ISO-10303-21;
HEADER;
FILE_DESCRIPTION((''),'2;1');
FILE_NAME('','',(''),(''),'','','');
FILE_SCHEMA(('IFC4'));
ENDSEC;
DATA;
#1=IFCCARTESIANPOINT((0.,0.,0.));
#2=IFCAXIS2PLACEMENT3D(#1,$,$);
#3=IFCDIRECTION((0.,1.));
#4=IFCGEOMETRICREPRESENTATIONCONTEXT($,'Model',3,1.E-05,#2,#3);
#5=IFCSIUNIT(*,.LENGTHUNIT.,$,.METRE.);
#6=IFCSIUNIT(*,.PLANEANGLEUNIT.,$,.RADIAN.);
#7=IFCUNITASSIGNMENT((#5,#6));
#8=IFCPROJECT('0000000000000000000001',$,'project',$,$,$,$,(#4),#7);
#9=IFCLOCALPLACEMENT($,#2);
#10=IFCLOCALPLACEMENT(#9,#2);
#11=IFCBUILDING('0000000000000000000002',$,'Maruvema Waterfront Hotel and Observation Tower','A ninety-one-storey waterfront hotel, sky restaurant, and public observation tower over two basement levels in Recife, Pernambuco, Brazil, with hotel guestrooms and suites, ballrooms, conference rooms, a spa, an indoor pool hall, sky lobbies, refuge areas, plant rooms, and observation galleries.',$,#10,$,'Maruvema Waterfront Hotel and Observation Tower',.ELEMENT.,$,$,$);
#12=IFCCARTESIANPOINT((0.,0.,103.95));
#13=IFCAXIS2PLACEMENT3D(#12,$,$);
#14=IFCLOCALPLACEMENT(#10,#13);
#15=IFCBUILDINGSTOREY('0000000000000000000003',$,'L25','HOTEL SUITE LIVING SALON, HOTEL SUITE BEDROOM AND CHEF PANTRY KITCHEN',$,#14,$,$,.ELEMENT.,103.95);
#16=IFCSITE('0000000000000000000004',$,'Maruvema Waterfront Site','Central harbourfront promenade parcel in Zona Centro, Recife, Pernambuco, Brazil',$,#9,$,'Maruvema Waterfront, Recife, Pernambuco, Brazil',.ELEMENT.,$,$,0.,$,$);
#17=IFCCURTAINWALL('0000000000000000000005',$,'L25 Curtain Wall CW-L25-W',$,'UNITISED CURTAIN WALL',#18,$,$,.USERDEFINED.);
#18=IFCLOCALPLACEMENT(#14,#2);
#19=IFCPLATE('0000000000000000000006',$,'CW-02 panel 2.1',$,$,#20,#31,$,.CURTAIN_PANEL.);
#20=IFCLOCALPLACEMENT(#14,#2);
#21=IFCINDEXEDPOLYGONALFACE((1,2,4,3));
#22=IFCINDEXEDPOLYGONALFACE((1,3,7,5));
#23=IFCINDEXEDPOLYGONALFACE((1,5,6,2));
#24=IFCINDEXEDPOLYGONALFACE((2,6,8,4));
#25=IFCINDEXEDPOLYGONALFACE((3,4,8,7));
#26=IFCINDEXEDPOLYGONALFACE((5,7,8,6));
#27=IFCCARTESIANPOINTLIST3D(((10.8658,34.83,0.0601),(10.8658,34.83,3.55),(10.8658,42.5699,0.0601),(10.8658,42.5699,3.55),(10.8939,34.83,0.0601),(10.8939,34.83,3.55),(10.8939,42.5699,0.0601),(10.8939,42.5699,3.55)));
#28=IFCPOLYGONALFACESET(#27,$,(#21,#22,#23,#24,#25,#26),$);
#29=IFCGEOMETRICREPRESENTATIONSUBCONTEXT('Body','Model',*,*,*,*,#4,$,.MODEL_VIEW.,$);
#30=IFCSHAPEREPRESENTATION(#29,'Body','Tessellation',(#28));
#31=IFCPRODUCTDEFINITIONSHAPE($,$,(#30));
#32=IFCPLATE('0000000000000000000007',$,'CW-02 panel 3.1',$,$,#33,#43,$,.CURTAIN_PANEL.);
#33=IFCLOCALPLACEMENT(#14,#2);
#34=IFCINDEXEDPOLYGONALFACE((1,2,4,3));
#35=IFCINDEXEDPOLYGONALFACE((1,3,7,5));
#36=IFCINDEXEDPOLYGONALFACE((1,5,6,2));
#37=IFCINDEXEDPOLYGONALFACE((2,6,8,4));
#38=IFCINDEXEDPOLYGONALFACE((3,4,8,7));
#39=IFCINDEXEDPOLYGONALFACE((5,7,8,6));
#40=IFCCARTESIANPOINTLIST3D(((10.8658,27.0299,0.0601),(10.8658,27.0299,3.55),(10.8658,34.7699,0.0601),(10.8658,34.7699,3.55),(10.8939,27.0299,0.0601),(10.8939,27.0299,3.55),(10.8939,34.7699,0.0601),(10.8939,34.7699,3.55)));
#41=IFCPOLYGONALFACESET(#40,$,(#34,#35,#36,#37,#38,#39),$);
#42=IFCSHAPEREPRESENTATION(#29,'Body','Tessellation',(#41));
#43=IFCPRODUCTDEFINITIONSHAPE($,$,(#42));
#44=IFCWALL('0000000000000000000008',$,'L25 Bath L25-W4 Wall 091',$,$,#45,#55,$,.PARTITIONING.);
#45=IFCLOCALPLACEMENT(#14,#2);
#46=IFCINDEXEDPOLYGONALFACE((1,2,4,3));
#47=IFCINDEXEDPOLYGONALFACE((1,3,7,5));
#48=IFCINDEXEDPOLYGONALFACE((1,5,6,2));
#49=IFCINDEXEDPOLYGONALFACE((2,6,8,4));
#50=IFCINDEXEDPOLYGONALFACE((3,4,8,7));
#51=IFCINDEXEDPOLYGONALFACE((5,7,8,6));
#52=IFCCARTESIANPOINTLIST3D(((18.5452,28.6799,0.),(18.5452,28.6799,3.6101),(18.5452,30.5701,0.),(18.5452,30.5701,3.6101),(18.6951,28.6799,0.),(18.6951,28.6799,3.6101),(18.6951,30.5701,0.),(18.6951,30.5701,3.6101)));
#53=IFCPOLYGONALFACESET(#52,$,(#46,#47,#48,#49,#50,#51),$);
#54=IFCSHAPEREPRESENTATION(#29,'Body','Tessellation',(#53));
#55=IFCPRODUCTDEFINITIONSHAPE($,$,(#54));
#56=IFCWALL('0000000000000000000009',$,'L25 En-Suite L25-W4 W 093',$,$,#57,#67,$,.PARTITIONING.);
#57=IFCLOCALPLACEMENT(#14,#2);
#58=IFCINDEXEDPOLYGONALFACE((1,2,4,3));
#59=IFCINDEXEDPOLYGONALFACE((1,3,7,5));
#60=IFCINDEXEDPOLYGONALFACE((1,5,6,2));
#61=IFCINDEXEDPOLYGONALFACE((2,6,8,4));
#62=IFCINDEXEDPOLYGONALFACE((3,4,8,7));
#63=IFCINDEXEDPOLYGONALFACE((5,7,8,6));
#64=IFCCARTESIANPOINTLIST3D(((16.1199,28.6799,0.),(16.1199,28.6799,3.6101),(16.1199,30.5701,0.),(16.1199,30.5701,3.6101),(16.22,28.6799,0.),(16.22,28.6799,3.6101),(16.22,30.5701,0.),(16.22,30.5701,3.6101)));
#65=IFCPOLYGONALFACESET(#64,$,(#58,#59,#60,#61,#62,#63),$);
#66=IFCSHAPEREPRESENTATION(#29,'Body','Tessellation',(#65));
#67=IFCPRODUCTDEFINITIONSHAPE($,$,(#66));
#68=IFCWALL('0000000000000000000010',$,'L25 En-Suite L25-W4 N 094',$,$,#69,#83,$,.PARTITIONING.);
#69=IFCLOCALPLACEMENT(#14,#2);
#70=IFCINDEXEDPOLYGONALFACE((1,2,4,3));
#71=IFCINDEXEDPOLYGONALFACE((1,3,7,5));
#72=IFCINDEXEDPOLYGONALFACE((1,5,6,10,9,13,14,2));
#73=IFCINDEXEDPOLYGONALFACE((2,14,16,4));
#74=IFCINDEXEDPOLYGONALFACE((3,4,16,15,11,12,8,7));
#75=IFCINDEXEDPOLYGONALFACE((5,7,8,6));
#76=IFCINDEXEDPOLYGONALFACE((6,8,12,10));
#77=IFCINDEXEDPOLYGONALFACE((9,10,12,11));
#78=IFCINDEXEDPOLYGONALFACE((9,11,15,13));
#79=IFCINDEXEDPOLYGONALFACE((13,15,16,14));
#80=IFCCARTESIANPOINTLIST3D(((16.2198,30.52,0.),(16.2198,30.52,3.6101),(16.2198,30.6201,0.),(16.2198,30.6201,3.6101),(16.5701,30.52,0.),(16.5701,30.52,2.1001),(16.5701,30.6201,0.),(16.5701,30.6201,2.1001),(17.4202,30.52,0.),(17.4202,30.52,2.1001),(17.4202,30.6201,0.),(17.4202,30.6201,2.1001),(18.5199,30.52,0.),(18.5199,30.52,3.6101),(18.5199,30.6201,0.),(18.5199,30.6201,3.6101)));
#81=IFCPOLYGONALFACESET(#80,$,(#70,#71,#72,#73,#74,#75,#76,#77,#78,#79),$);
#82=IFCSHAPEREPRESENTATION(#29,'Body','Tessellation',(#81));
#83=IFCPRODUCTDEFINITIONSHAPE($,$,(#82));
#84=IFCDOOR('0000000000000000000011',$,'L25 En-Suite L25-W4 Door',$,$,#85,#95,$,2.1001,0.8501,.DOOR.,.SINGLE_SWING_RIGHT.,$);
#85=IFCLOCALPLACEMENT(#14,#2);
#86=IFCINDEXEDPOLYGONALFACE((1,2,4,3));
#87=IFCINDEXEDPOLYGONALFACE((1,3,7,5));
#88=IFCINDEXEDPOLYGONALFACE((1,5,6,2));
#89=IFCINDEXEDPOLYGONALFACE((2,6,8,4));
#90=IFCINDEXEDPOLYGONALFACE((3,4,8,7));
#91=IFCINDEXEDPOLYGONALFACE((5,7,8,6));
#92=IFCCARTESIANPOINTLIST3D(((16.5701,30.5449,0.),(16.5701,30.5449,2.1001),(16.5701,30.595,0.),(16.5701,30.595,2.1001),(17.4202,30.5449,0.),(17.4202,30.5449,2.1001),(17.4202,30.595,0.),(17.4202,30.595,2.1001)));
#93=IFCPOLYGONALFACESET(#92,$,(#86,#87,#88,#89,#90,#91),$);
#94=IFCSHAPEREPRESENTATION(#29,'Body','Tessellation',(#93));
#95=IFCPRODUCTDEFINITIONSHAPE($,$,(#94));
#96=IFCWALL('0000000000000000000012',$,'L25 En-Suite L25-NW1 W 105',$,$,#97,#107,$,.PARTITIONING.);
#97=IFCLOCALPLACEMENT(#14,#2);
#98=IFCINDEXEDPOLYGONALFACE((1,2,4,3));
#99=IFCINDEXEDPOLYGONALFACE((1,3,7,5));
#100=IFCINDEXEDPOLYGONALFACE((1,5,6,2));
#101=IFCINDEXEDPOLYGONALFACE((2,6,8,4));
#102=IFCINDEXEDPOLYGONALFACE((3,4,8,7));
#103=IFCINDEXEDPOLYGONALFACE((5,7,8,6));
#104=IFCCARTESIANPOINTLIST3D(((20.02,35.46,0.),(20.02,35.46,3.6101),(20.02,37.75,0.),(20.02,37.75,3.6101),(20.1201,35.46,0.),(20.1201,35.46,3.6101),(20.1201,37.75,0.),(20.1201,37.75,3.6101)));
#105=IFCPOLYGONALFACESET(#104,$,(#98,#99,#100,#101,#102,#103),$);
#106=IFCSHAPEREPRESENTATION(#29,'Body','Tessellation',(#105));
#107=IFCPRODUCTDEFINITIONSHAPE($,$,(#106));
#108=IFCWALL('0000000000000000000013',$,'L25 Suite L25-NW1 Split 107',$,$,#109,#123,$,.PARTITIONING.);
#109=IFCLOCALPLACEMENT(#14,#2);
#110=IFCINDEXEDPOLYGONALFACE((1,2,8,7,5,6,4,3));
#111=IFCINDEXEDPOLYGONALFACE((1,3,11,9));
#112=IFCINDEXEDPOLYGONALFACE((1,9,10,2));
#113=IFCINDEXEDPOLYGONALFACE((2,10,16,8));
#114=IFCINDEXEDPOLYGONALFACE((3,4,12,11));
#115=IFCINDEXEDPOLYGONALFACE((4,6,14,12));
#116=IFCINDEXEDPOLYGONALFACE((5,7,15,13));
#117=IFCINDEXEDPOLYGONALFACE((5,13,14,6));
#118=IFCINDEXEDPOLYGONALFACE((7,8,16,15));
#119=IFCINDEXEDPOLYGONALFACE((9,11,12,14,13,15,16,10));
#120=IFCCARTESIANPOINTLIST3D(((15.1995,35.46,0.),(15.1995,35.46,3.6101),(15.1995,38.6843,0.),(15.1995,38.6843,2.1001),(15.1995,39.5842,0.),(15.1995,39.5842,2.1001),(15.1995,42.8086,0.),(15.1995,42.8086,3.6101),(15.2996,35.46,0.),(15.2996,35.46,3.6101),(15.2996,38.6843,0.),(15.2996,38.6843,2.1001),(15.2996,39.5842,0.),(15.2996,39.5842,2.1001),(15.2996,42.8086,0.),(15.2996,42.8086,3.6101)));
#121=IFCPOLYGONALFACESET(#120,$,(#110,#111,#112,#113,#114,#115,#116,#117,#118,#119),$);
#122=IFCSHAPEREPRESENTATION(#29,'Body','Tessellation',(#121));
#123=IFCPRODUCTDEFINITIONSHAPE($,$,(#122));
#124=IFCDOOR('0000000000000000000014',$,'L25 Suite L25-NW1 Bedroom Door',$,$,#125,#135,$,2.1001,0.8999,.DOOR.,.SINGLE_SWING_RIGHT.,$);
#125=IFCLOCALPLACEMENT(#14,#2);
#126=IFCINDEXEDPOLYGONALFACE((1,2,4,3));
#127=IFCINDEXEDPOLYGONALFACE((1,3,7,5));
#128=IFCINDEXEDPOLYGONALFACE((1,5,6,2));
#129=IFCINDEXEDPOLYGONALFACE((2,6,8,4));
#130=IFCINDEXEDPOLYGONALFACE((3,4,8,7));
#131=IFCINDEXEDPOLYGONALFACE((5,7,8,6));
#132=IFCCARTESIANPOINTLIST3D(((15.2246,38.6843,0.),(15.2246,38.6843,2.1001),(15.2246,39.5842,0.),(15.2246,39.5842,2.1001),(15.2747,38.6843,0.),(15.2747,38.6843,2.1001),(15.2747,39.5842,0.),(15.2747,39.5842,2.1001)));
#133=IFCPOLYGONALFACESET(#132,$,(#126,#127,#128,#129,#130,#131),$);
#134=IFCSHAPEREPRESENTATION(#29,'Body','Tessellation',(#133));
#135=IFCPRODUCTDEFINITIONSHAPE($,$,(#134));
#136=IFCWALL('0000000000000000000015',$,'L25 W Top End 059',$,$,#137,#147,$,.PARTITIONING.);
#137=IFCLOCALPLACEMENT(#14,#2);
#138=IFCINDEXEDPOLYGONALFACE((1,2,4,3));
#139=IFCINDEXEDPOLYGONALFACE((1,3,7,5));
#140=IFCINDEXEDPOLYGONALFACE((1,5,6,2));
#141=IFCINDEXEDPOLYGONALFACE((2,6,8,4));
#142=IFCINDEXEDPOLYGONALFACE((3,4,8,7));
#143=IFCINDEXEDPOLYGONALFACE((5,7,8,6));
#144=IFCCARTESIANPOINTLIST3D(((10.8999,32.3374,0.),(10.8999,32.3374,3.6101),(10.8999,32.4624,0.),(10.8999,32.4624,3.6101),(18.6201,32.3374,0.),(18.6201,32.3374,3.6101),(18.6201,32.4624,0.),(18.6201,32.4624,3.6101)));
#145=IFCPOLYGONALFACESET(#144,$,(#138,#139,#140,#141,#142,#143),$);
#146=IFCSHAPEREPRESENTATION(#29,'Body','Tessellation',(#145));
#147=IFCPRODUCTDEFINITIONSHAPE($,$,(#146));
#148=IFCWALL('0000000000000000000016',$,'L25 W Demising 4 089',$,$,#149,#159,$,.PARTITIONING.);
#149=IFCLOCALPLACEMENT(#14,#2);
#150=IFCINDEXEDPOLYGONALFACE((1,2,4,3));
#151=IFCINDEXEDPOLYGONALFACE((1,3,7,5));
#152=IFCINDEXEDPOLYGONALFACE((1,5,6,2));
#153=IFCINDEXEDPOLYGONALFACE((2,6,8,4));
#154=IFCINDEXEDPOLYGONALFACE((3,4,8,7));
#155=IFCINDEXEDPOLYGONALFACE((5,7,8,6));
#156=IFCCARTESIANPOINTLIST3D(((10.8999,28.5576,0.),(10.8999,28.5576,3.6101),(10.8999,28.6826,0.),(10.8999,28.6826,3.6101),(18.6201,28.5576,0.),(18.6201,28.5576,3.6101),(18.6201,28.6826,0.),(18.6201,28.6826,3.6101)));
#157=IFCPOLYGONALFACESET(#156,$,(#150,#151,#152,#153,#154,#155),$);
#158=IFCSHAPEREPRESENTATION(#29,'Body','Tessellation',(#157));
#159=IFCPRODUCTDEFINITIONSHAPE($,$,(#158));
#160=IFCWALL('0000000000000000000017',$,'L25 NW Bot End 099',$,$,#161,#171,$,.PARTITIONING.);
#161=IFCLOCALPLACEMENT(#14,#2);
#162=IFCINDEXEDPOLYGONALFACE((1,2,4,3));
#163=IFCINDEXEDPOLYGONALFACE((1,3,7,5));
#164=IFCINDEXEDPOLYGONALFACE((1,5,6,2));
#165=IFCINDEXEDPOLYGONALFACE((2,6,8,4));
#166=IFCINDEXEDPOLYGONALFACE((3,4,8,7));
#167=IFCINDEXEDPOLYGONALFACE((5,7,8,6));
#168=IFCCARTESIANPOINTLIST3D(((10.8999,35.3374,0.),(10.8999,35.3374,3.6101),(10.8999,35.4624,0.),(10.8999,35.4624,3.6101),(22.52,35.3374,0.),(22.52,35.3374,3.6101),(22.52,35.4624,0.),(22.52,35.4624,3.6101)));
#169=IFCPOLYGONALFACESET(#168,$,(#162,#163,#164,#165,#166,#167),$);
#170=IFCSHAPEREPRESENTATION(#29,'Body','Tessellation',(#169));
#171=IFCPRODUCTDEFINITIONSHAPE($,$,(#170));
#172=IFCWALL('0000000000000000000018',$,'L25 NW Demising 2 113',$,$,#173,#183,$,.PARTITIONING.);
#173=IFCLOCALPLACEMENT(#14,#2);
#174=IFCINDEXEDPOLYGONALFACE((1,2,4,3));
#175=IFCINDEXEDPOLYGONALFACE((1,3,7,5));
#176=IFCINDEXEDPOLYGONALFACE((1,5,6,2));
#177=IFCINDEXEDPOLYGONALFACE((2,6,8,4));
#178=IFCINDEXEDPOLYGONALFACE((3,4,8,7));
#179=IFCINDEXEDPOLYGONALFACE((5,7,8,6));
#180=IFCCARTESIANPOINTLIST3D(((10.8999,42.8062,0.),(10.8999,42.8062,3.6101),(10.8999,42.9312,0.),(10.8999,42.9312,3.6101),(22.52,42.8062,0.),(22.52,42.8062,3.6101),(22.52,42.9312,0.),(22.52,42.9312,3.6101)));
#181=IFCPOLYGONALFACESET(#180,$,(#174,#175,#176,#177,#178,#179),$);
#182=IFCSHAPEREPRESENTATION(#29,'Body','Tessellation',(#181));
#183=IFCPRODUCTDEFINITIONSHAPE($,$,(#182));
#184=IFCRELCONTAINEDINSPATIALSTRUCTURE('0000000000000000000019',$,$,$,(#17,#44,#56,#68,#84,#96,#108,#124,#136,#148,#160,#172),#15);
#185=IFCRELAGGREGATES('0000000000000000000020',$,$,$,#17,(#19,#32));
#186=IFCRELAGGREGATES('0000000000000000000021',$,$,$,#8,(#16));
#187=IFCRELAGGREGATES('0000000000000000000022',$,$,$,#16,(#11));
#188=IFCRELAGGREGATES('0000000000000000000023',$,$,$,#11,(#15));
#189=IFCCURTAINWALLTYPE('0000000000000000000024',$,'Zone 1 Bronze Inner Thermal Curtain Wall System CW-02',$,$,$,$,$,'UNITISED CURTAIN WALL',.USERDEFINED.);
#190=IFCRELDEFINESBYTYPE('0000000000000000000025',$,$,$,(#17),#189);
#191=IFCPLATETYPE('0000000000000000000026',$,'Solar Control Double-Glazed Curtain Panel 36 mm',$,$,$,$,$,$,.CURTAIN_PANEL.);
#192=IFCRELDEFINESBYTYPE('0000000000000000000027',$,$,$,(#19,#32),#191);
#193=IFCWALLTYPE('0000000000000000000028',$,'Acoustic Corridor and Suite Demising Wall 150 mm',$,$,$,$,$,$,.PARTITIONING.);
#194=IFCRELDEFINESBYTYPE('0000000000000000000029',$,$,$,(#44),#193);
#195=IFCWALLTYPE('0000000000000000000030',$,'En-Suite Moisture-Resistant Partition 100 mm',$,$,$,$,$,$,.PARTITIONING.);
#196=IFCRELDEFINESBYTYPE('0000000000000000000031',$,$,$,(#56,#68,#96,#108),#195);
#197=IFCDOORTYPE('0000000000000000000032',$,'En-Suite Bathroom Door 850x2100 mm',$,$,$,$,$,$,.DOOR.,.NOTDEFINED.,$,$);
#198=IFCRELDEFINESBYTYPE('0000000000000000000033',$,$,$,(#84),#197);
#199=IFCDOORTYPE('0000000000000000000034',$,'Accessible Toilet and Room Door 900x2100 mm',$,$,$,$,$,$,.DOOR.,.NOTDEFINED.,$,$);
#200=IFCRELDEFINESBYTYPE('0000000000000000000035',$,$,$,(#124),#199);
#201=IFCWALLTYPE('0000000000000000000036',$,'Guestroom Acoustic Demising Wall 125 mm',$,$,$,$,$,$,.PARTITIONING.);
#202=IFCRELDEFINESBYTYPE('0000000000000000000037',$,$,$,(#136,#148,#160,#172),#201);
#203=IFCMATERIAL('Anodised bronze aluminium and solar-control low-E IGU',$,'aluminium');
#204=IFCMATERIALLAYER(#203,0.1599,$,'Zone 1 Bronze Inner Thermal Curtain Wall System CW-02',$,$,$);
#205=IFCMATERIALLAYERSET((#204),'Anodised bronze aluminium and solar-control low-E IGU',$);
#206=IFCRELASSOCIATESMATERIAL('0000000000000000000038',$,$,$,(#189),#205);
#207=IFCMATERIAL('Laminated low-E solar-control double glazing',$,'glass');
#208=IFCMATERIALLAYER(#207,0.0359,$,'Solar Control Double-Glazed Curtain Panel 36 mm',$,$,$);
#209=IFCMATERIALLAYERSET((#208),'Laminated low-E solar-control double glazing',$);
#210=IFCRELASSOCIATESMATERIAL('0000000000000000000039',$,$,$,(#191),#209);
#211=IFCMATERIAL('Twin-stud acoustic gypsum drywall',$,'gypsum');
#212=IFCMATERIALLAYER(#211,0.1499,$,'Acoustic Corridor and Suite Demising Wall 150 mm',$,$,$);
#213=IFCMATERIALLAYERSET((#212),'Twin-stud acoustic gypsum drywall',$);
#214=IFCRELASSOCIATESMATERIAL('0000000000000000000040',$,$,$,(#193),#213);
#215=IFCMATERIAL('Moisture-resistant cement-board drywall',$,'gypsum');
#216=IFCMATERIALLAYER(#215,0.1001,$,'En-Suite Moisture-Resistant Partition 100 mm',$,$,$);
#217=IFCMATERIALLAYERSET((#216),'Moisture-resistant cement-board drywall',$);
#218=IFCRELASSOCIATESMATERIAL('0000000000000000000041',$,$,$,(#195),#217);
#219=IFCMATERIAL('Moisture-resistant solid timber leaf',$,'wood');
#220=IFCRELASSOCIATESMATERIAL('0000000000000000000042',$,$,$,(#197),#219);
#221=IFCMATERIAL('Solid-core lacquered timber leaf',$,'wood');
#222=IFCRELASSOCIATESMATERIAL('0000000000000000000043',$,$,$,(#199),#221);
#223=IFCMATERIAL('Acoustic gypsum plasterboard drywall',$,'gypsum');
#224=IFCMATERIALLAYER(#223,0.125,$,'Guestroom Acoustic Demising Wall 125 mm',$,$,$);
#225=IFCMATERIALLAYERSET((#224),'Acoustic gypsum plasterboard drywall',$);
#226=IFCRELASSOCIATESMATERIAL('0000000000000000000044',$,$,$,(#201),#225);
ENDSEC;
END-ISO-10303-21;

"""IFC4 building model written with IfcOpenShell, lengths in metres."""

from ifc_helpers import new_model, si_unit, direction, frame, frame_2d, origin, origin_2d, place, context, subcontext, project, spatial, rectangle, extrude, material, layer, layer_set, type_object, element, fill, aggregate, save


model = new_model("IFC4")

# Units and contexts
model_context = context("Model", 3, precision=1e-05, world=origin(), true_north=direction((0.0, 1.0)))
body_context = subcontext(model_context, "Body", "Model", "MODEL_VIEW")
ifc_project = project(units=[si_unit("LENGTHUNIT", "METRE"), si_unit("PLANEANGLEUNIT", "RADIAN")], contexts=[model_context])

# Site, building, storey
site_placement = place(None, origin())
site = spatial("IfcSite", under=ifc_project, at=site_placement, Name="Maruvema Waterfront Site", Description="Central harbourfront promenade parcel in Zona Centro, Recife, Pernambuco, Brazil", LongName="Maruvema Waterfront, Recife, Pernambuco, Brazil", CompositionType="ELEMENT", RefElevation=0.0)
building_placement = place(site_placement, origin())
building = spatial("IfcBuilding", under=site, at=building_placement, Name="Maruvema Waterfront Hotel and Observation Tower", Description="A ninety-one-storey waterfront hotel, sky restaurant, and public observation tower over two basement levels in Recife, Pernambuco, Brazil, with hotel guestrooms and suites, ballrooms, conference rooms, a spa, an indoor pool hall, sky lobbies, refuge areas, plant rooms, and observation galleries.", LongName="Maruvema Waterfront Hotel and Observation Tower", CompositionType="ELEMENT")
storey_placement = place(building_placement, frame((0.0, 0.0, 103.95)))
storey = spatial("IfcBuildingStorey", under=building, at=storey_placement, Name="L25", Description="HOTEL SUITE LIVING SALON, HOTEL SUITE BEDROOM AND CHEF PANTRY KITCHEN", CompositionType="ELEMENT", Elevation=103.95)

# Curtain wall
ifc_material_1 = material(Name="Anodised bronze aluminium and solar-control low-E IGU", Category="aluminium")
ifc_layer_1 = layer(ifc_material_1, 0.1599, Name="Zone 1 Bronze Inner Thermal Curtain Wall System CW-02")
ifc_layer_set_1 = layer_set([ifc_layer_1], Name="Anodised bronze aluminium and solar-control low-E IGU")
curtain_wall_type = type_object("IfcCurtainWallType", Name="Zone 1 Bronze Inner Thermal Curtain Wall System CW-02", ElementType="UNITISED CURTAIN WALL", PredefinedType="USERDEFINED", material=ifc_layer_set_1)
curtain_wall_placement = place(storey_placement, origin())
curtain_wall = element("IfcCurtainWall", 1, at=curtain_wall_placement, inside=storey, type_object=curtain_wall_type, Name="L25 Curtain Wall CW-L25-W", ObjectType="UNITISED CURTAIN WALL", PredefinedType="USERDEFINED")

# Plates
ifc_material_2 = material(Name="Laminated low-E solar-control double glazing", Category="glass")
ifc_layer_2 = layer(ifc_material_2, 0.0359, Name="Solar Control Double-Glazed Curtain Panel 36 mm")
ifc_layer_set_2 = layer_set([ifc_layer_2], Name="Laminated low-E solar-control double glazing")
plate_type = type_object("IfcPlateType", Name="Solar Control Double-Glazed Curtain Panel 36 mm", PredefinedType="CURTAIN_PANEL", material=ifc_layer_set_2)
plate_1_placement = place(storey_placement, frame((10.8799, 38.7, 0.0601), z_axis=(0.0, 0.0, 1.0), x_axis=(0.0, -1.0, 0.0)))
plate_1 = element("IfcPlate", 2, at=plate_1_placement, type_object=plate_type, Name="CW-02 panel 2.1", PredefinedType="CURTAIN_PANEL", context=body_context, shape_type="SweptSolid", body=[
    extrude(rectangle(XDim=7.74, YDim=0.0281, at=origin_2d()), origin(), (0.0, 0.0, 1.0), 3.49),
])
plate_2_placement = place(storey_placement, frame((10.8799, 30.8999, 0.0601), z_axis=(0.0, 0.0, 1.0), x_axis=(0.0, -1.0, 0.0)))
plate_2 = element("IfcPlate", 3, at=plate_2_placement, type_object=plate_type, Name="CW-02 panel 3.1", PredefinedType="CURTAIN_PANEL", context=body_context, shape_type="SweptSolid", body=[
    extrude(rectangle(XDim=7.74, YDim=0.0281, at=origin_2d()), origin(), (0.0, 0.0, 1.0), 3.49),
])
aggregate(curtain_wall, [plate_1, plate_2])

# Wall
ifc_material_3 = material(Name="Twin-stud acoustic gypsum drywall", Category="gypsum")
ifc_layer_3 = layer(ifc_material_3, 0.1499, Name="Acoustic Corridor and Suite Demising Wall 150 mm")
ifc_layer_set_3 = layer_set([ifc_layer_3], Name="Twin-stud acoustic gypsum drywall")
wall_type_1 = type_object("IfcWallType", Name="Acoustic Corridor and Suite Demising Wall 150 mm", PredefinedType="PARTITIONING", material=ifc_layer_set_3)
wall_1_placement = place(storey_placement, frame((18.6201, 28.6799, 0.0), z_axis=(0.0, 0.0, 1.0), x_axis=(0.0, 1.0, 0.0)))
element("IfcWall", 4, at=wall_1_placement, inside=storey, type_object=wall_type_1, Name="L25 Bath L25-W4 Wall 091", PredefinedType="PARTITIONING", context=body_context, shape_type="SweptSolid", body=[
    extrude(rectangle(XDim=1.8901, YDim=0.1499, at=frame_2d((0.9451, 0.0))), origin(), (0.0, 0.0, 1.0), 3.6101),
])

# Wall
ifc_material_4 = material(Name="Moisture-resistant cement-board drywall", Category="gypsum")
ifc_layer_4 = layer(ifc_material_4, 0.1001, Name="En-Suite Moisture-Resistant Partition 100 mm")
ifc_layer_set_4 = layer_set([ifc_layer_4], Name="Moisture-resistant cement-board drywall")
wall_type_2 = type_object("IfcWallType", Name="En-Suite Moisture-Resistant Partition 100 mm", PredefinedType="PARTITIONING", material=ifc_layer_set_4)
wall_2_placement = place(storey_placement, frame((16.1699, 28.6799, 0.0), z_axis=(0.0, 0.0, 1.0), x_axis=(0.0, 1.0, 0.0)))
element("IfcWall", 5, at=wall_2_placement, inside=storey, type_object=wall_type_2, Name="L25 En-Suite L25-W4 W 093", PredefinedType="PARTITIONING", context=body_context, shape_type="SweptSolid", body=[
    extrude(rectangle(XDim=1.8901, YDim=0.1001, at=frame_2d((0.9451, 0.0))), origin(), (0.0, 0.0, 1.0), 3.6101),
])

# Wall, opening, door
wall_3_placement = place(storey_placement, frame((16.22, 30.5701, 0.0), z_axis=(0.0, 0.0, 1.0), x_axis=(1.0, 0.0, 0.0)))
wall_3 = element("IfcWall", 6, at=wall_3_placement, inside=storey, type_object=wall_type_2, Name="L25 En-Suite L25-W4 N 094", PredefinedType="PARTITIONING", context=body_context, shape_type="SweptSolid", body=[
    extrude(rectangle(XDim=2.3, YDim=0.1001, at=frame_2d((1.1499, 0.0))), origin(), (0.0, 0.0, 1.0), 3.6101),
])
opening_1_placement = place(wall_3_placement, frame((0.3501, 0.0, 0.0)))
opening_1 = element("IfcOpeningElement", 7, at=opening_1_placement, cuts=wall_3, PredefinedType="OPENING", context=body_context, shape_type="SweptSolid", body=[
    extrude(rectangle(XDim=0.8501, YDim=2.1001, at=frame_2d((0.425, 1.05))), frame((0.0, 0.0601, 0.0), z_axis=(0.0, -1.0, 0.0), x_axis=(1.0, 0.0, 0.0)), (0.0, 0.0, 1.0), 0.1201),
])
ifc_material_5 = material(Name="Moisture-resistant solid timber leaf", Category="wood")
door_type_1 = type_object("IfcDoorType", Name="En-Suite Bathroom Door 850x2100 mm", OperationType="NOTDEFINED", PredefinedType="DOOR", material=ifc_material_5)
door_1_placement = place(opening_1_placement, origin())
door_1 = element("IfcDoor", 8, at=door_1_placement, inside=storey, type_object=door_type_1, Name="L25 En-Suite L25-W4 Door", OperationType="SINGLE_SWING_RIGHT", OverallHeight=2.1001, OverallWidth=0.8501, PredefinedType="DOOR", context=body_context, shape_type="SweptSolid", body=[
    extrude(rectangle(XDim=0.8501, YDim=2.1001, at=frame_2d((0.425, 1.05))), frame((0.0, 0.0249, 0.0), z_axis=(0.0, -1.0, 0.0), x_axis=(1.0, 0.0, 0.0)), (0.0, 0.0, 1.0), 0.05),
])
fill(opening_1, door_1)

# Wall
wall_4_placement = place(storey_placement, frame((20.0701, 35.46, 0.0), z_axis=(0.0, 0.0, 1.0), x_axis=(0.0, 1.0, 0.0)))
element("IfcWall", 9, at=wall_4_placement, inside=storey, type_object=wall_type_2, Name="L25 En-Suite L25-NW1 W 105", PredefinedType="PARTITIONING", context=body_context, shape_type="SweptSolid", body=[
    extrude(rectangle(XDim=2.29, YDim=0.1001, at=frame_2d((1.145, 0.0))), origin(), (0.0, 0.0, 1.0), 3.6101),
])

# Wall, opening, door
wall_5_placement = place(storey_placement, frame((15.2495, 35.46, 0.0), z_axis=(0.0, 0.0, 1.0), x_axis=(0.0, 1.0, 0.0)))
wall_5 = element("IfcWall", 10, at=wall_5_placement, inside=storey, type_object=wall_type_2, Name="L25 Suite L25-NW1 Split 107", PredefinedType="PARTITIONING", context=body_context, shape_type="SweptSolid", body=[
    extrude(rectangle(XDim=7.3486, YDim=0.1001, at=frame_2d((3.6743, 0.0))), origin(), (0.0, 0.0, 1.0), 3.6101),
])
opening_2_placement = place(wall_5_placement, frame((3.2244, 0.0, 0.0)))
opening_2 = element("IfcOpeningElement", 11, at=opening_2_placement, cuts=wall_5, PredefinedType="OPENING", context=body_context, shape_type="SweptSolid", body=[
    extrude(rectangle(XDim=0.8999, YDim=2.1001, at=frame_2d((0.45, 1.05))), frame((0.0, 0.0601, 0.0), z_axis=(0.0, -1.0, 0.0), x_axis=(1.0, 0.0, 0.0)), (0.0, 0.0, 1.0), 0.1201),
])
ifc_material_6 = material(Name="Solid-core lacquered timber leaf", Category="wood")
door_type_2 = type_object("IfcDoorType", Name="Accessible Toilet and Room Door 900x2100 mm", OperationType="NOTDEFINED", PredefinedType="DOOR", material=ifc_material_6)
door_2_placement = place(opening_2_placement, origin())
door_2 = element("IfcDoor", 12, at=door_2_placement, inside=storey, type_object=door_type_2, Name="L25 Suite L25-NW1 Bedroom Door", OperationType="SINGLE_SWING_RIGHT", OverallHeight=2.1001, OverallWidth=0.8999, PredefinedType="DOOR", context=body_context, shape_type="SweptSolid", body=[
    extrude(rectangle(XDim=0.8999, YDim=2.1001, at=frame_2d((0.45, 1.05))), frame((0.0, 0.0249, 0.0), z_axis=(0.0, -1.0, 0.0), x_axis=(1.0, 0.0, 0.0)), (0.0, 0.0, 1.0), 0.05),
])
fill(opening_2, door_2)

# Walls
ifc_material_7 = material(Name="Acoustic gypsum plasterboard drywall", Category="gypsum")
ifc_layer_5 = layer(ifc_material_7, 0.125, Name="Guestroom Acoustic Demising Wall 125 mm")
ifc_layer_set_5 = layer_set([ifc_layer_5], Name="Acoustic gypsum plasterboard drywall")
wall_type_3 = type_object("IfcWallType", Name="Guestroom Acoustic Demising Wall 125 mm", PredefinedType="PARTITIONING", material=ifc_layer_set_5)
for number, where, z_axis, x_axis, name in (
    (13, (10.8999, 32.3999, 0.0), (0.0, 0.0, 1.0), (1.0, 0.0, 0.0), "L25 W Top End 059"),
    (14, (10.8999, 28.6201, 0.0), (0.0, 0.0, 1.0), (1.0, 0.0, 0.0), "L25 W Demising 4 089"),
):
    element("IfcWall", number, at=place(storey_placement, frame(where, z_axis=z_axis, x_axis=x_axis)), inside=storey, type_object=wall_type_3, Name=name, PredefinedType="PARTITIONING", context=body_context, shape_type="SweptSolid", body=[
        extrude(rectangle(XDim=7.7202, YDim=0.125, at=frame_2d((3.8601, 0.0))), origin(), (0.0, 0.0, 1.0), 3.6101),
    ])
for number, where, z_axis, x_axis, name in (
    (15, (10.8999, 35.3999, 0.0), (0.0, 0.0, 1.0), (1.0, 0.0, 0.0), "L25 NW Bot End 099"),
    (16, (10.8999, 42.8687, 0.0), (0.0, 0.0, 1.0), (1.0, 0.0, 0.0), "L25 NW Demising 2 113"),
):
    element("IfcWall", number, at=place(storey_placement, frame(where, z_axis=z_axis, x_axis=x_axis)), inside=storey, type_object=wall_type_3, Name=name, PredefinedType="PARTITIONING", context=body_context, shape_type="SweptSolid", body=[
        extrude(rectangle(XDim=11.6201, YDim=0.125, at=frame_2d((5.8101, 0.0))), origin(), (0.0, 0.0, 1.0), 3.6101),
    ])

save(model, "model.ifc")
